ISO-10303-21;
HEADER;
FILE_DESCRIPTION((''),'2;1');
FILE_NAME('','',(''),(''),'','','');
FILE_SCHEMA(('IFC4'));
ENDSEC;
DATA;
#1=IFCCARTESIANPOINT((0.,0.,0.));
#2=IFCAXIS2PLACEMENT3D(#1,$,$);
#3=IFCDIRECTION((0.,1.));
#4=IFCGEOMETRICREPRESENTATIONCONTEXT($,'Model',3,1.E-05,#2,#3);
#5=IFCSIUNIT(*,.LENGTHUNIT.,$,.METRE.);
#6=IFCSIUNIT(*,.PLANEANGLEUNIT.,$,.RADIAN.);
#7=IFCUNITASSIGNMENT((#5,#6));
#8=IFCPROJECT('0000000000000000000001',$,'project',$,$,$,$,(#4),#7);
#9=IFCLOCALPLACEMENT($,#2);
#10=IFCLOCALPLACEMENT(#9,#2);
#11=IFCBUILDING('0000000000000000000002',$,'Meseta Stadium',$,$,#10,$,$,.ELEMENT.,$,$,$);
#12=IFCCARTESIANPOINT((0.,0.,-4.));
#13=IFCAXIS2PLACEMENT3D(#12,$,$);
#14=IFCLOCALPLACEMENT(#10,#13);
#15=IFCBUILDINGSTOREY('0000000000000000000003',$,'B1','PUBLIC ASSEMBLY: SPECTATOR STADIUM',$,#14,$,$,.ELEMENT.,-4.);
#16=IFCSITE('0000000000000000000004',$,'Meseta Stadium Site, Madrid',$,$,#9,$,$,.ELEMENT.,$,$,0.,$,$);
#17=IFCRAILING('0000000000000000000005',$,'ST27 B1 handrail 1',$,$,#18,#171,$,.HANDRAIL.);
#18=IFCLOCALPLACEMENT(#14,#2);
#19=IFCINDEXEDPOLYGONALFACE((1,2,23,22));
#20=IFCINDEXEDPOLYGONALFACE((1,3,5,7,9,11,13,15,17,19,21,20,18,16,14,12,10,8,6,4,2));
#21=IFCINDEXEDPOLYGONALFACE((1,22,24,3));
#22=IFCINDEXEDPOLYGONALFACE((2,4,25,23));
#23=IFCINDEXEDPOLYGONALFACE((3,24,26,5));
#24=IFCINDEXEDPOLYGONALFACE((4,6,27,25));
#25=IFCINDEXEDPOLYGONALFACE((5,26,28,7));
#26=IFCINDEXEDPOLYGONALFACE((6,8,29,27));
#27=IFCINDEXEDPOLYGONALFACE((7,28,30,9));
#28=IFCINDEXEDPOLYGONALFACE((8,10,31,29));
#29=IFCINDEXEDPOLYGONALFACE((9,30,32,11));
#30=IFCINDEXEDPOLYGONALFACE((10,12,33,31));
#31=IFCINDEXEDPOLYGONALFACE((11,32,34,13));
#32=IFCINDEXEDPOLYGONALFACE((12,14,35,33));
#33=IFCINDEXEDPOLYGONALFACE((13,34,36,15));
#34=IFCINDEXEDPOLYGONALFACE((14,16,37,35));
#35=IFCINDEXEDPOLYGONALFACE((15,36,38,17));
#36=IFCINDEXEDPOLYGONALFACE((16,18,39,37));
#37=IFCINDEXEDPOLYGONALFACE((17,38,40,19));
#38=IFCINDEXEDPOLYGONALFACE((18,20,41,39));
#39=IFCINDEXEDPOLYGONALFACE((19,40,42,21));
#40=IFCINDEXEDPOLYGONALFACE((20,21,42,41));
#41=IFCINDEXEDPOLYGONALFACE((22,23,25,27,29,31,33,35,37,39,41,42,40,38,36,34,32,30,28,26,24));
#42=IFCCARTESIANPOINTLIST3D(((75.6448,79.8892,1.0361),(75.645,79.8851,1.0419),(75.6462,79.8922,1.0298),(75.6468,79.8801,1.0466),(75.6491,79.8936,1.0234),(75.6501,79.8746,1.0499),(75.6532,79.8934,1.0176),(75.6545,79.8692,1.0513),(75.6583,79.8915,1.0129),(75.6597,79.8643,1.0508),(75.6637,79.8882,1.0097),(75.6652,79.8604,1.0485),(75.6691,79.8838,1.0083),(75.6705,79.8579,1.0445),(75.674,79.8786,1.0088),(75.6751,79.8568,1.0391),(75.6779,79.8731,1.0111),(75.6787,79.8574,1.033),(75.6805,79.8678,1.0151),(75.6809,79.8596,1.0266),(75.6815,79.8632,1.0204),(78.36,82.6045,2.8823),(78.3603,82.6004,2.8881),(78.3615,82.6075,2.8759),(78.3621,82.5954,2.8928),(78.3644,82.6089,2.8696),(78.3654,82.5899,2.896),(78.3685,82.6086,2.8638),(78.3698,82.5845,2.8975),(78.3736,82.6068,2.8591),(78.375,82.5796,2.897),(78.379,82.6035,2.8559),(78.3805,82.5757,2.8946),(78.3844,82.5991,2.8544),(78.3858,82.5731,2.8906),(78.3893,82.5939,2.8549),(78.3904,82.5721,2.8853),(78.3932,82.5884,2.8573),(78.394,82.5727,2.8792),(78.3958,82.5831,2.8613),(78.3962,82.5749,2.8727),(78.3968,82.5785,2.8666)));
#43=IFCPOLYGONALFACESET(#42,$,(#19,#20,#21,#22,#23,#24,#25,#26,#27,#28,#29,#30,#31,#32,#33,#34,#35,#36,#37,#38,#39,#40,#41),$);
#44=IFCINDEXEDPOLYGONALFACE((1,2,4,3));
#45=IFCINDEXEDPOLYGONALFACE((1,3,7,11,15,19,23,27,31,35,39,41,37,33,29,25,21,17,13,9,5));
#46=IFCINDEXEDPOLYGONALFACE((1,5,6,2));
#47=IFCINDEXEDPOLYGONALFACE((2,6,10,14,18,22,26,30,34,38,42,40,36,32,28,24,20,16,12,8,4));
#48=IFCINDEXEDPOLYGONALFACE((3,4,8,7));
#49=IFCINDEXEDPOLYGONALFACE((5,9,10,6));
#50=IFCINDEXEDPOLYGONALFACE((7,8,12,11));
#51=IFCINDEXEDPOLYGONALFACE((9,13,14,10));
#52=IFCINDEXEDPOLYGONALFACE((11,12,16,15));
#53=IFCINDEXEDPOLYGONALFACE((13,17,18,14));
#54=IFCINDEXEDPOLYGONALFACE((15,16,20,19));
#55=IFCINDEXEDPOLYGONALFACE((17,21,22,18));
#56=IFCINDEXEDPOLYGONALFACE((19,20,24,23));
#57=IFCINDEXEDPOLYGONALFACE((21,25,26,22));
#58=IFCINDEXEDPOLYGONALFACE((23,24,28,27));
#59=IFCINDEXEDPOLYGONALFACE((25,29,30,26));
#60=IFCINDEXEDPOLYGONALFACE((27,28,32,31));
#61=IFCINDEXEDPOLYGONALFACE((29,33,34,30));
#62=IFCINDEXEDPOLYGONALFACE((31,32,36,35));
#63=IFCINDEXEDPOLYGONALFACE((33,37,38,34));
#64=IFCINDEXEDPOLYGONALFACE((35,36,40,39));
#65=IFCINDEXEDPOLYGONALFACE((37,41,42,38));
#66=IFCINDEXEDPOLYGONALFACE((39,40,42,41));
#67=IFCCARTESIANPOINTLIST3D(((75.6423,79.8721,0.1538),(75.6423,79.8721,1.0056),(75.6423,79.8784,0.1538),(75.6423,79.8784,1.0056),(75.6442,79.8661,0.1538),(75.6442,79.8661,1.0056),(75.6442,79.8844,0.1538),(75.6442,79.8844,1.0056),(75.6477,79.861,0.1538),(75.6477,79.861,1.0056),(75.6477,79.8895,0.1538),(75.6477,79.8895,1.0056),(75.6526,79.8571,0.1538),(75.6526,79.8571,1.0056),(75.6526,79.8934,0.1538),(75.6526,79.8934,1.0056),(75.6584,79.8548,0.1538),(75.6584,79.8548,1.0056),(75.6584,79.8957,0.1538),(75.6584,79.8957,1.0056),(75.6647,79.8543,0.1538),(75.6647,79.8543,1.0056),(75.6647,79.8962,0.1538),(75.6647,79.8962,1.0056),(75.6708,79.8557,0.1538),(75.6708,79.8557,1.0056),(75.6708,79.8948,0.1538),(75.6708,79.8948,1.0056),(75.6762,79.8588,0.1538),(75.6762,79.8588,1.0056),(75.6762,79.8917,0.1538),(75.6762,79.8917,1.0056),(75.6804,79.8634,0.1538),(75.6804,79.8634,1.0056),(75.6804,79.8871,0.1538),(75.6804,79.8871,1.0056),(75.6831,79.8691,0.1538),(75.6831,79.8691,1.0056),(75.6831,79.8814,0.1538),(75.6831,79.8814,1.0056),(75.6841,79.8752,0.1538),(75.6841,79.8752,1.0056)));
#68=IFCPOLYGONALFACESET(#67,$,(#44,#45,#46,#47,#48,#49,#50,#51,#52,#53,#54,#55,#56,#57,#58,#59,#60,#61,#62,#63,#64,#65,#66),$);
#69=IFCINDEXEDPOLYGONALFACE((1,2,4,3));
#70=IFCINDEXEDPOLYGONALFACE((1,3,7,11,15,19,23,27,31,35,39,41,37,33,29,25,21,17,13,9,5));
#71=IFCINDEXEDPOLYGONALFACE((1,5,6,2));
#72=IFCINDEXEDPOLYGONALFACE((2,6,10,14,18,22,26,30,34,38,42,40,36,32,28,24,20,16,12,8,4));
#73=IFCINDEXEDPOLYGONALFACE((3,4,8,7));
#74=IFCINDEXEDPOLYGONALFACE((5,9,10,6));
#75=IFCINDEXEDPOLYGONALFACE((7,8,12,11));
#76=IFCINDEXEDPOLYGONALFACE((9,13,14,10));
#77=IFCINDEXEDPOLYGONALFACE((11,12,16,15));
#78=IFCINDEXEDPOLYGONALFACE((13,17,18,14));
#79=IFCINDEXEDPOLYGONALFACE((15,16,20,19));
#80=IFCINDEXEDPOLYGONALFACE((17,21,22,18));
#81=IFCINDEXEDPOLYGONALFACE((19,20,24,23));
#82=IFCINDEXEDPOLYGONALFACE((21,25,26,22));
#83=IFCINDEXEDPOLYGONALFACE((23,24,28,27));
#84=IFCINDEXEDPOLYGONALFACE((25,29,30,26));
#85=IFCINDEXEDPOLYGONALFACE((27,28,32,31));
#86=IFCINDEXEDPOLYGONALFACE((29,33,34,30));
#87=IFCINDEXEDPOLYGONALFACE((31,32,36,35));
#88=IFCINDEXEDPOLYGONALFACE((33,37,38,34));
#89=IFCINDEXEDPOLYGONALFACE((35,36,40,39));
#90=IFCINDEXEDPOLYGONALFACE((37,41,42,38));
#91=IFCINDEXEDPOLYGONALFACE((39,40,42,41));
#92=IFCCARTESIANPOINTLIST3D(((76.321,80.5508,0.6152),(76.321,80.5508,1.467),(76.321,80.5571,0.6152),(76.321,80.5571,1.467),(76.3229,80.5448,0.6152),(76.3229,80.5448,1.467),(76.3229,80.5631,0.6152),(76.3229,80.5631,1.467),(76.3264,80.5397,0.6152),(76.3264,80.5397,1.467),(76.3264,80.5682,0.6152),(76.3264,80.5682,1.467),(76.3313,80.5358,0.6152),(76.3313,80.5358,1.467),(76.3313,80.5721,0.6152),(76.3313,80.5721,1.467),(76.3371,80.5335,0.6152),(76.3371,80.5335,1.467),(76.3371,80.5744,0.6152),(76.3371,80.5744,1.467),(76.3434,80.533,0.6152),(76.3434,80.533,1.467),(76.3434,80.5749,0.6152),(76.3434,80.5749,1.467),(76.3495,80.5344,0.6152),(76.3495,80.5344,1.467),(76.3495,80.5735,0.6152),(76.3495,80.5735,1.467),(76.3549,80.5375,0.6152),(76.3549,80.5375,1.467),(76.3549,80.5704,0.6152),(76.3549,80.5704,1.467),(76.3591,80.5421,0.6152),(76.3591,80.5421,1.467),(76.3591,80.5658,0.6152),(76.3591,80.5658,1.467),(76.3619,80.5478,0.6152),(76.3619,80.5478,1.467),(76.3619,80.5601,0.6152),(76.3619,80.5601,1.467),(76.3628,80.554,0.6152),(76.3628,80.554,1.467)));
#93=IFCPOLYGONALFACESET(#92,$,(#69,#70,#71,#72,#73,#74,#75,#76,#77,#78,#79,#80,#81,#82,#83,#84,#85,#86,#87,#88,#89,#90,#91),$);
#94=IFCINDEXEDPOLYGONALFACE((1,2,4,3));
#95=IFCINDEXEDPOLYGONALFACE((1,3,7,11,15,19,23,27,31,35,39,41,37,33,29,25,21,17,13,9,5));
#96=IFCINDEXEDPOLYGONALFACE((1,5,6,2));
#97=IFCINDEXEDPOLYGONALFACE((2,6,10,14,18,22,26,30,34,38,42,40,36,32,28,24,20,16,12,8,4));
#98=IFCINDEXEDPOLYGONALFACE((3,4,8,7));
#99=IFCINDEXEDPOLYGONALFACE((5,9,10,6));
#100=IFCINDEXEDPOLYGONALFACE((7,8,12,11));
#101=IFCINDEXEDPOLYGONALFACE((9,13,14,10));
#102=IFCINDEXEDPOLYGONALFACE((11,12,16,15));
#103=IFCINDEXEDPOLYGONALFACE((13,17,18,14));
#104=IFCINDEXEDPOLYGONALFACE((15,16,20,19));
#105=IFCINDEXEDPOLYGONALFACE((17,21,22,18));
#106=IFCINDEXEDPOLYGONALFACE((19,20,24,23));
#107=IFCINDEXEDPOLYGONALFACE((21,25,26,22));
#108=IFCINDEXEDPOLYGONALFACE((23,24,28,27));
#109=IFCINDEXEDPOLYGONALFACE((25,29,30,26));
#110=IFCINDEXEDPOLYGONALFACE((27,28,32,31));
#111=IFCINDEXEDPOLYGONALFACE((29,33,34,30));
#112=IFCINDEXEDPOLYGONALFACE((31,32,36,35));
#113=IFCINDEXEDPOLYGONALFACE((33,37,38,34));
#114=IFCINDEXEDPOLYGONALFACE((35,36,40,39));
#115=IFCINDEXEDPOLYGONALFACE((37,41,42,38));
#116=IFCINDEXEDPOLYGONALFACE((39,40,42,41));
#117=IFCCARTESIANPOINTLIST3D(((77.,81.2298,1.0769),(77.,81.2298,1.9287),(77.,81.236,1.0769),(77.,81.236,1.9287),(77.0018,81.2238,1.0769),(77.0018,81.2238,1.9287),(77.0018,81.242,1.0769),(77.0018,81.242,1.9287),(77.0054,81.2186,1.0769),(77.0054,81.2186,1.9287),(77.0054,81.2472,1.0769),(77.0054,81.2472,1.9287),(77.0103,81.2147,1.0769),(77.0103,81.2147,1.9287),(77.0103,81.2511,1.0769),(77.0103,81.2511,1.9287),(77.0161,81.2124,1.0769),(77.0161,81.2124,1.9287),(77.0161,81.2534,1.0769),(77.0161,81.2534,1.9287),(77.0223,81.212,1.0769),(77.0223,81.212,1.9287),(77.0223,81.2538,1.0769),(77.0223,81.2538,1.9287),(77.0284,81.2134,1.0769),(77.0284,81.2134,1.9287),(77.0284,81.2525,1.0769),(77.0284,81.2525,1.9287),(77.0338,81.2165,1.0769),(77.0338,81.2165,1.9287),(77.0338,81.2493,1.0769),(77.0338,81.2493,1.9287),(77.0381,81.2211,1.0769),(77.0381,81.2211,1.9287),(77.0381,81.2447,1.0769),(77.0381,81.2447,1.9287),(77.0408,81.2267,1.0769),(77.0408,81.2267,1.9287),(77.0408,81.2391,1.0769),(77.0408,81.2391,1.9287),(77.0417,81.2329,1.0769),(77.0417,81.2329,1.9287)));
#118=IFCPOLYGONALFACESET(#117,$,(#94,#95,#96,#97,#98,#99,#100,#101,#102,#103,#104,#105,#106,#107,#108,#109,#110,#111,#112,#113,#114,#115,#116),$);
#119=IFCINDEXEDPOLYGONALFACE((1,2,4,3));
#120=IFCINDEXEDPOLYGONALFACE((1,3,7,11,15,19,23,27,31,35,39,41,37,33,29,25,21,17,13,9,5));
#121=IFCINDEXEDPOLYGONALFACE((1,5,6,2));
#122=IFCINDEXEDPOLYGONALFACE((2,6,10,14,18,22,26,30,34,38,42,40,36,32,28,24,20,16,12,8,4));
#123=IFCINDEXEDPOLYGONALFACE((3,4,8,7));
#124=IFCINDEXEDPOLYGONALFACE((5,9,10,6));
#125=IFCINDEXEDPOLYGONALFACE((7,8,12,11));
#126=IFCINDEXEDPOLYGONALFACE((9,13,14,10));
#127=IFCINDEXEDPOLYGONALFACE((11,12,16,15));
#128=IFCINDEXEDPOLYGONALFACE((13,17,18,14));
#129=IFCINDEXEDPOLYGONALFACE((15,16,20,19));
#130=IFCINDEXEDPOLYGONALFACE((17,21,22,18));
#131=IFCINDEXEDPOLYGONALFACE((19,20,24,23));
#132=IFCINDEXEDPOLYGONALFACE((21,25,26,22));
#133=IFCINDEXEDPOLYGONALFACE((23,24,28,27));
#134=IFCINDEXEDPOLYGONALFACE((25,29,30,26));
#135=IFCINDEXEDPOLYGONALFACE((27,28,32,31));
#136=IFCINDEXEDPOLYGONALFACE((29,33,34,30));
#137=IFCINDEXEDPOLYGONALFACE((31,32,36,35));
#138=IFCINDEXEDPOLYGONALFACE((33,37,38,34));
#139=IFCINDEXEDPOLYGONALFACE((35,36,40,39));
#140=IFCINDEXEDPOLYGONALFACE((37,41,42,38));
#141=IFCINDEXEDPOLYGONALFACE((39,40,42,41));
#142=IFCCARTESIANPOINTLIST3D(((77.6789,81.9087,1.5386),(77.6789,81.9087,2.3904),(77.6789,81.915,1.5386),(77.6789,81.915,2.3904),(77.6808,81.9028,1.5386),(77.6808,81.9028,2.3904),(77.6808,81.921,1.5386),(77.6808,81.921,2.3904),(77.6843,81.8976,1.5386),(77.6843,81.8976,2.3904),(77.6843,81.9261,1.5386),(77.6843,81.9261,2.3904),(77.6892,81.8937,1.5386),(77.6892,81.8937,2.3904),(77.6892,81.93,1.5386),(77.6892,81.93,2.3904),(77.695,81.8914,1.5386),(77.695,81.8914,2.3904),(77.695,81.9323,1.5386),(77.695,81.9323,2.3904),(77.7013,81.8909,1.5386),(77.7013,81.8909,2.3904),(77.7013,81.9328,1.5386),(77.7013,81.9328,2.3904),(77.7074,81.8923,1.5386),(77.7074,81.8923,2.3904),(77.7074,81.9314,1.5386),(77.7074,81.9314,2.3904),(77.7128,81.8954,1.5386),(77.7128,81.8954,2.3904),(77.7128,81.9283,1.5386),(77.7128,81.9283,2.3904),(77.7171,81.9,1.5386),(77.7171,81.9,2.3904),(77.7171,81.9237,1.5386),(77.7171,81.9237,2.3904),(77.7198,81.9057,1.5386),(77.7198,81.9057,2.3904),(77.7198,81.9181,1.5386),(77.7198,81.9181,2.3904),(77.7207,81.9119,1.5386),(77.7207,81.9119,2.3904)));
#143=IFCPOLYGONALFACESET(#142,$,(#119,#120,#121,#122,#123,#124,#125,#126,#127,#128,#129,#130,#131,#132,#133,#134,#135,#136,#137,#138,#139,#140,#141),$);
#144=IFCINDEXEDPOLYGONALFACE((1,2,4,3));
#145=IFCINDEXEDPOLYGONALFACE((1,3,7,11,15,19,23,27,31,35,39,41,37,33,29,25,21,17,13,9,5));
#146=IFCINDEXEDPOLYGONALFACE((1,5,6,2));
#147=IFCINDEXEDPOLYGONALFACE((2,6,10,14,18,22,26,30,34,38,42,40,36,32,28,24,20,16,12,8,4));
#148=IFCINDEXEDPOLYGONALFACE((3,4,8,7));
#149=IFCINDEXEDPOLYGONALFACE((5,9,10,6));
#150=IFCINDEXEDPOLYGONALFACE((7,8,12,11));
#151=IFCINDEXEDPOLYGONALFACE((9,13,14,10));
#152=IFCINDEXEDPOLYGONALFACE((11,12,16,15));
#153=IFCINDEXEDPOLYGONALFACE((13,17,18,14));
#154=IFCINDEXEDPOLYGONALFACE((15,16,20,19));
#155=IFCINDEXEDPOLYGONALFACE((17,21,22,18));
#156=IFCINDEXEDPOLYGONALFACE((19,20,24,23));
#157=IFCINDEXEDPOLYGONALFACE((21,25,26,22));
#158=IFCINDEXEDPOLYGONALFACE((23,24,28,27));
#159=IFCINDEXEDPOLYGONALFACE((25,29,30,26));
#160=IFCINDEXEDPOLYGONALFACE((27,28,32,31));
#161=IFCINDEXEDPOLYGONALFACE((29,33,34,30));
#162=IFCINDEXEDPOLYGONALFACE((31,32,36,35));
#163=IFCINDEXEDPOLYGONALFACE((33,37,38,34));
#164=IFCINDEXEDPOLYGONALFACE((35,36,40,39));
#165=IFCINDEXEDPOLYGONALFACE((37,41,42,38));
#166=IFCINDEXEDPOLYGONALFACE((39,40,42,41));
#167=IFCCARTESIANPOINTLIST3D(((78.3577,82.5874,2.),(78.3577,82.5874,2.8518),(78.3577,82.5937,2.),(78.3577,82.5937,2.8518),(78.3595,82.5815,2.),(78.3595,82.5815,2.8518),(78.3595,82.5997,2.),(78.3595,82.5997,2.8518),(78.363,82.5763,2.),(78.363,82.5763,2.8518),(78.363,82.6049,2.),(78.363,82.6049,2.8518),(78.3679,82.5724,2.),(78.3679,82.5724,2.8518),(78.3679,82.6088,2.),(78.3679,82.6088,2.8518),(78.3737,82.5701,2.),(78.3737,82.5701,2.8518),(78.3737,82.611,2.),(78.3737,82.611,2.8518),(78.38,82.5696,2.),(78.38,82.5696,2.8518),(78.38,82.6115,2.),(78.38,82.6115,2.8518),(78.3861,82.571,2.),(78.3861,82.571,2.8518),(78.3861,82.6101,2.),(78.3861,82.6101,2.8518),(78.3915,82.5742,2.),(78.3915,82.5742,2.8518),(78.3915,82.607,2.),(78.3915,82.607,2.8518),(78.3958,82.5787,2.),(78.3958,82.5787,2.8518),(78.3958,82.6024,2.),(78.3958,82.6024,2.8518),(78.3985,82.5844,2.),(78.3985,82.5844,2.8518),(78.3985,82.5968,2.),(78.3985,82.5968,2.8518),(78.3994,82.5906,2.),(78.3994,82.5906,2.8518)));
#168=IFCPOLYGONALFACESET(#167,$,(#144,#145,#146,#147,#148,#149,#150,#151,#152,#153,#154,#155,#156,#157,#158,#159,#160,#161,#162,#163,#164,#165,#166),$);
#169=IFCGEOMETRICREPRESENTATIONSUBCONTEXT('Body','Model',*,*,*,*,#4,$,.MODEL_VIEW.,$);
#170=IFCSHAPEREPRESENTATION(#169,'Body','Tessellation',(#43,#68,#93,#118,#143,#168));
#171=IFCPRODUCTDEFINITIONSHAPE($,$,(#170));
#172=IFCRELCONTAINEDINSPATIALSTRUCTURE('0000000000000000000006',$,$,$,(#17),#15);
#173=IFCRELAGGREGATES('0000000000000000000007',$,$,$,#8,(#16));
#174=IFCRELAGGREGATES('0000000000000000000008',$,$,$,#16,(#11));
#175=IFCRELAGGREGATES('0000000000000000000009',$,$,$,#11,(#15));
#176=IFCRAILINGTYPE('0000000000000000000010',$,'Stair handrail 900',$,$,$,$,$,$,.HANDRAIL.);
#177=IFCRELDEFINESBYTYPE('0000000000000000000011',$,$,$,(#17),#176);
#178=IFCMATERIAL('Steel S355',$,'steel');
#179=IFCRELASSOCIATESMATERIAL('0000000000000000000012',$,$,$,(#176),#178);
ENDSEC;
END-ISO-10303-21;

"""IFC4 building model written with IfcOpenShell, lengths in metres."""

from ifc_helpers import new_model, si_unit, direction, frame, origin, origin_2d, place, context, subcontext, project, spatial, circle, extrude, material, type_object, element, save


model = new_model("IFC4")

# Units and contexts
model_context = context("Model", 3, precision=1e-05, world=origin(), true_north=direction((0.0, 1.0)))
body_context = subcontext(model_context, "Body", "Model", "MODEL_VIEW")
ifc_project = project(units=[si_unit("LENGTHUNIT", "METRE"), si_unit("PLANEANGLEUNIT", "RADIAN")], contexts=[model_context])

# Site, building, storey
site_placement = place(None, origin())
site = spatial("IfcSite", under=ifc_project, at=site_placement, Name="Meseta Stadium Site, Madrid", CompositionType="ELEMENT", RefElevation=0.0)
building_placement = place(site_placement, origin())
building = spatial("IfcBuilding", under=site, at=building_placement, Name="Meseta Stadium", CompositionType="ELEMENT")
storey_placement = place(building_placement, frame((0.0, 0.0, -4.0)))
storey = spatial("IfcBuildingStorey", under=building, at=storey_placement, Name="B1", Description="PUBLIC ASSEMBLY: SPECTATOR STADIUM", CompositionType="ELEMENT", Elevation=-4.0)

# Railing
ifc_material_1 = material(Name="Steel S355", Category="steel")
railing_type_1 = type_object("IfcRailingType", Name="Stair handrail 900", PredefinedType="HANDRAIL", material=ifc_material_1)
railing_1_placement = place(storey_placement, frame((75.6631, 79.8752, 0.1538)))
element("IfcRailing", 1, at=railing_1_placement, inside=storey, type_object=railing_type_1, Name="ST27 B1 handrail 1", PredefinedType="HANDRAIL", context=body_context, shape_type="SweptSolid", body=[
    extrude(circle(Radius=0.0239, at=origin_2d()), frame((0.0, 0.0, 0.876), z_axis=(0.637281, 0.637281, 0.433296), x_axis=(-0.707107, 0.707107, 0.0)), (0.0, 0.0, 1.0), 4.2607),
    extrude(circle(Radius=0.021, at=origin_2d()), origin(), (0.0, 0.0, 1.0), 0.8518),
    extrude(circle(Radius=0.021, at=origin_2d()), frame((0.6787, 0.6787, 0.4614)), (0.0, 0.0, 1.0), 0.8518),
    extrude(circle(Radius=0.021, at=origin_2d()), frame((1.3577, 1.3577, 0.9231)), (0.0, 0.0, 1.0), 0.8518),
    extrude(circle(Radius=0.021, at=origin_2d()), frame((2.0366, 2.0366, 1.3848)), (0.0, 0.0, 1.0), 0.8518),
    extrude(circle(Radius=0.021, at=origin_2d()), frame((2.7153, 2.7153, 1.8462)), (0.0, 0.0, 1.0), 0.8518),
])

save(model, "model.ifc")
